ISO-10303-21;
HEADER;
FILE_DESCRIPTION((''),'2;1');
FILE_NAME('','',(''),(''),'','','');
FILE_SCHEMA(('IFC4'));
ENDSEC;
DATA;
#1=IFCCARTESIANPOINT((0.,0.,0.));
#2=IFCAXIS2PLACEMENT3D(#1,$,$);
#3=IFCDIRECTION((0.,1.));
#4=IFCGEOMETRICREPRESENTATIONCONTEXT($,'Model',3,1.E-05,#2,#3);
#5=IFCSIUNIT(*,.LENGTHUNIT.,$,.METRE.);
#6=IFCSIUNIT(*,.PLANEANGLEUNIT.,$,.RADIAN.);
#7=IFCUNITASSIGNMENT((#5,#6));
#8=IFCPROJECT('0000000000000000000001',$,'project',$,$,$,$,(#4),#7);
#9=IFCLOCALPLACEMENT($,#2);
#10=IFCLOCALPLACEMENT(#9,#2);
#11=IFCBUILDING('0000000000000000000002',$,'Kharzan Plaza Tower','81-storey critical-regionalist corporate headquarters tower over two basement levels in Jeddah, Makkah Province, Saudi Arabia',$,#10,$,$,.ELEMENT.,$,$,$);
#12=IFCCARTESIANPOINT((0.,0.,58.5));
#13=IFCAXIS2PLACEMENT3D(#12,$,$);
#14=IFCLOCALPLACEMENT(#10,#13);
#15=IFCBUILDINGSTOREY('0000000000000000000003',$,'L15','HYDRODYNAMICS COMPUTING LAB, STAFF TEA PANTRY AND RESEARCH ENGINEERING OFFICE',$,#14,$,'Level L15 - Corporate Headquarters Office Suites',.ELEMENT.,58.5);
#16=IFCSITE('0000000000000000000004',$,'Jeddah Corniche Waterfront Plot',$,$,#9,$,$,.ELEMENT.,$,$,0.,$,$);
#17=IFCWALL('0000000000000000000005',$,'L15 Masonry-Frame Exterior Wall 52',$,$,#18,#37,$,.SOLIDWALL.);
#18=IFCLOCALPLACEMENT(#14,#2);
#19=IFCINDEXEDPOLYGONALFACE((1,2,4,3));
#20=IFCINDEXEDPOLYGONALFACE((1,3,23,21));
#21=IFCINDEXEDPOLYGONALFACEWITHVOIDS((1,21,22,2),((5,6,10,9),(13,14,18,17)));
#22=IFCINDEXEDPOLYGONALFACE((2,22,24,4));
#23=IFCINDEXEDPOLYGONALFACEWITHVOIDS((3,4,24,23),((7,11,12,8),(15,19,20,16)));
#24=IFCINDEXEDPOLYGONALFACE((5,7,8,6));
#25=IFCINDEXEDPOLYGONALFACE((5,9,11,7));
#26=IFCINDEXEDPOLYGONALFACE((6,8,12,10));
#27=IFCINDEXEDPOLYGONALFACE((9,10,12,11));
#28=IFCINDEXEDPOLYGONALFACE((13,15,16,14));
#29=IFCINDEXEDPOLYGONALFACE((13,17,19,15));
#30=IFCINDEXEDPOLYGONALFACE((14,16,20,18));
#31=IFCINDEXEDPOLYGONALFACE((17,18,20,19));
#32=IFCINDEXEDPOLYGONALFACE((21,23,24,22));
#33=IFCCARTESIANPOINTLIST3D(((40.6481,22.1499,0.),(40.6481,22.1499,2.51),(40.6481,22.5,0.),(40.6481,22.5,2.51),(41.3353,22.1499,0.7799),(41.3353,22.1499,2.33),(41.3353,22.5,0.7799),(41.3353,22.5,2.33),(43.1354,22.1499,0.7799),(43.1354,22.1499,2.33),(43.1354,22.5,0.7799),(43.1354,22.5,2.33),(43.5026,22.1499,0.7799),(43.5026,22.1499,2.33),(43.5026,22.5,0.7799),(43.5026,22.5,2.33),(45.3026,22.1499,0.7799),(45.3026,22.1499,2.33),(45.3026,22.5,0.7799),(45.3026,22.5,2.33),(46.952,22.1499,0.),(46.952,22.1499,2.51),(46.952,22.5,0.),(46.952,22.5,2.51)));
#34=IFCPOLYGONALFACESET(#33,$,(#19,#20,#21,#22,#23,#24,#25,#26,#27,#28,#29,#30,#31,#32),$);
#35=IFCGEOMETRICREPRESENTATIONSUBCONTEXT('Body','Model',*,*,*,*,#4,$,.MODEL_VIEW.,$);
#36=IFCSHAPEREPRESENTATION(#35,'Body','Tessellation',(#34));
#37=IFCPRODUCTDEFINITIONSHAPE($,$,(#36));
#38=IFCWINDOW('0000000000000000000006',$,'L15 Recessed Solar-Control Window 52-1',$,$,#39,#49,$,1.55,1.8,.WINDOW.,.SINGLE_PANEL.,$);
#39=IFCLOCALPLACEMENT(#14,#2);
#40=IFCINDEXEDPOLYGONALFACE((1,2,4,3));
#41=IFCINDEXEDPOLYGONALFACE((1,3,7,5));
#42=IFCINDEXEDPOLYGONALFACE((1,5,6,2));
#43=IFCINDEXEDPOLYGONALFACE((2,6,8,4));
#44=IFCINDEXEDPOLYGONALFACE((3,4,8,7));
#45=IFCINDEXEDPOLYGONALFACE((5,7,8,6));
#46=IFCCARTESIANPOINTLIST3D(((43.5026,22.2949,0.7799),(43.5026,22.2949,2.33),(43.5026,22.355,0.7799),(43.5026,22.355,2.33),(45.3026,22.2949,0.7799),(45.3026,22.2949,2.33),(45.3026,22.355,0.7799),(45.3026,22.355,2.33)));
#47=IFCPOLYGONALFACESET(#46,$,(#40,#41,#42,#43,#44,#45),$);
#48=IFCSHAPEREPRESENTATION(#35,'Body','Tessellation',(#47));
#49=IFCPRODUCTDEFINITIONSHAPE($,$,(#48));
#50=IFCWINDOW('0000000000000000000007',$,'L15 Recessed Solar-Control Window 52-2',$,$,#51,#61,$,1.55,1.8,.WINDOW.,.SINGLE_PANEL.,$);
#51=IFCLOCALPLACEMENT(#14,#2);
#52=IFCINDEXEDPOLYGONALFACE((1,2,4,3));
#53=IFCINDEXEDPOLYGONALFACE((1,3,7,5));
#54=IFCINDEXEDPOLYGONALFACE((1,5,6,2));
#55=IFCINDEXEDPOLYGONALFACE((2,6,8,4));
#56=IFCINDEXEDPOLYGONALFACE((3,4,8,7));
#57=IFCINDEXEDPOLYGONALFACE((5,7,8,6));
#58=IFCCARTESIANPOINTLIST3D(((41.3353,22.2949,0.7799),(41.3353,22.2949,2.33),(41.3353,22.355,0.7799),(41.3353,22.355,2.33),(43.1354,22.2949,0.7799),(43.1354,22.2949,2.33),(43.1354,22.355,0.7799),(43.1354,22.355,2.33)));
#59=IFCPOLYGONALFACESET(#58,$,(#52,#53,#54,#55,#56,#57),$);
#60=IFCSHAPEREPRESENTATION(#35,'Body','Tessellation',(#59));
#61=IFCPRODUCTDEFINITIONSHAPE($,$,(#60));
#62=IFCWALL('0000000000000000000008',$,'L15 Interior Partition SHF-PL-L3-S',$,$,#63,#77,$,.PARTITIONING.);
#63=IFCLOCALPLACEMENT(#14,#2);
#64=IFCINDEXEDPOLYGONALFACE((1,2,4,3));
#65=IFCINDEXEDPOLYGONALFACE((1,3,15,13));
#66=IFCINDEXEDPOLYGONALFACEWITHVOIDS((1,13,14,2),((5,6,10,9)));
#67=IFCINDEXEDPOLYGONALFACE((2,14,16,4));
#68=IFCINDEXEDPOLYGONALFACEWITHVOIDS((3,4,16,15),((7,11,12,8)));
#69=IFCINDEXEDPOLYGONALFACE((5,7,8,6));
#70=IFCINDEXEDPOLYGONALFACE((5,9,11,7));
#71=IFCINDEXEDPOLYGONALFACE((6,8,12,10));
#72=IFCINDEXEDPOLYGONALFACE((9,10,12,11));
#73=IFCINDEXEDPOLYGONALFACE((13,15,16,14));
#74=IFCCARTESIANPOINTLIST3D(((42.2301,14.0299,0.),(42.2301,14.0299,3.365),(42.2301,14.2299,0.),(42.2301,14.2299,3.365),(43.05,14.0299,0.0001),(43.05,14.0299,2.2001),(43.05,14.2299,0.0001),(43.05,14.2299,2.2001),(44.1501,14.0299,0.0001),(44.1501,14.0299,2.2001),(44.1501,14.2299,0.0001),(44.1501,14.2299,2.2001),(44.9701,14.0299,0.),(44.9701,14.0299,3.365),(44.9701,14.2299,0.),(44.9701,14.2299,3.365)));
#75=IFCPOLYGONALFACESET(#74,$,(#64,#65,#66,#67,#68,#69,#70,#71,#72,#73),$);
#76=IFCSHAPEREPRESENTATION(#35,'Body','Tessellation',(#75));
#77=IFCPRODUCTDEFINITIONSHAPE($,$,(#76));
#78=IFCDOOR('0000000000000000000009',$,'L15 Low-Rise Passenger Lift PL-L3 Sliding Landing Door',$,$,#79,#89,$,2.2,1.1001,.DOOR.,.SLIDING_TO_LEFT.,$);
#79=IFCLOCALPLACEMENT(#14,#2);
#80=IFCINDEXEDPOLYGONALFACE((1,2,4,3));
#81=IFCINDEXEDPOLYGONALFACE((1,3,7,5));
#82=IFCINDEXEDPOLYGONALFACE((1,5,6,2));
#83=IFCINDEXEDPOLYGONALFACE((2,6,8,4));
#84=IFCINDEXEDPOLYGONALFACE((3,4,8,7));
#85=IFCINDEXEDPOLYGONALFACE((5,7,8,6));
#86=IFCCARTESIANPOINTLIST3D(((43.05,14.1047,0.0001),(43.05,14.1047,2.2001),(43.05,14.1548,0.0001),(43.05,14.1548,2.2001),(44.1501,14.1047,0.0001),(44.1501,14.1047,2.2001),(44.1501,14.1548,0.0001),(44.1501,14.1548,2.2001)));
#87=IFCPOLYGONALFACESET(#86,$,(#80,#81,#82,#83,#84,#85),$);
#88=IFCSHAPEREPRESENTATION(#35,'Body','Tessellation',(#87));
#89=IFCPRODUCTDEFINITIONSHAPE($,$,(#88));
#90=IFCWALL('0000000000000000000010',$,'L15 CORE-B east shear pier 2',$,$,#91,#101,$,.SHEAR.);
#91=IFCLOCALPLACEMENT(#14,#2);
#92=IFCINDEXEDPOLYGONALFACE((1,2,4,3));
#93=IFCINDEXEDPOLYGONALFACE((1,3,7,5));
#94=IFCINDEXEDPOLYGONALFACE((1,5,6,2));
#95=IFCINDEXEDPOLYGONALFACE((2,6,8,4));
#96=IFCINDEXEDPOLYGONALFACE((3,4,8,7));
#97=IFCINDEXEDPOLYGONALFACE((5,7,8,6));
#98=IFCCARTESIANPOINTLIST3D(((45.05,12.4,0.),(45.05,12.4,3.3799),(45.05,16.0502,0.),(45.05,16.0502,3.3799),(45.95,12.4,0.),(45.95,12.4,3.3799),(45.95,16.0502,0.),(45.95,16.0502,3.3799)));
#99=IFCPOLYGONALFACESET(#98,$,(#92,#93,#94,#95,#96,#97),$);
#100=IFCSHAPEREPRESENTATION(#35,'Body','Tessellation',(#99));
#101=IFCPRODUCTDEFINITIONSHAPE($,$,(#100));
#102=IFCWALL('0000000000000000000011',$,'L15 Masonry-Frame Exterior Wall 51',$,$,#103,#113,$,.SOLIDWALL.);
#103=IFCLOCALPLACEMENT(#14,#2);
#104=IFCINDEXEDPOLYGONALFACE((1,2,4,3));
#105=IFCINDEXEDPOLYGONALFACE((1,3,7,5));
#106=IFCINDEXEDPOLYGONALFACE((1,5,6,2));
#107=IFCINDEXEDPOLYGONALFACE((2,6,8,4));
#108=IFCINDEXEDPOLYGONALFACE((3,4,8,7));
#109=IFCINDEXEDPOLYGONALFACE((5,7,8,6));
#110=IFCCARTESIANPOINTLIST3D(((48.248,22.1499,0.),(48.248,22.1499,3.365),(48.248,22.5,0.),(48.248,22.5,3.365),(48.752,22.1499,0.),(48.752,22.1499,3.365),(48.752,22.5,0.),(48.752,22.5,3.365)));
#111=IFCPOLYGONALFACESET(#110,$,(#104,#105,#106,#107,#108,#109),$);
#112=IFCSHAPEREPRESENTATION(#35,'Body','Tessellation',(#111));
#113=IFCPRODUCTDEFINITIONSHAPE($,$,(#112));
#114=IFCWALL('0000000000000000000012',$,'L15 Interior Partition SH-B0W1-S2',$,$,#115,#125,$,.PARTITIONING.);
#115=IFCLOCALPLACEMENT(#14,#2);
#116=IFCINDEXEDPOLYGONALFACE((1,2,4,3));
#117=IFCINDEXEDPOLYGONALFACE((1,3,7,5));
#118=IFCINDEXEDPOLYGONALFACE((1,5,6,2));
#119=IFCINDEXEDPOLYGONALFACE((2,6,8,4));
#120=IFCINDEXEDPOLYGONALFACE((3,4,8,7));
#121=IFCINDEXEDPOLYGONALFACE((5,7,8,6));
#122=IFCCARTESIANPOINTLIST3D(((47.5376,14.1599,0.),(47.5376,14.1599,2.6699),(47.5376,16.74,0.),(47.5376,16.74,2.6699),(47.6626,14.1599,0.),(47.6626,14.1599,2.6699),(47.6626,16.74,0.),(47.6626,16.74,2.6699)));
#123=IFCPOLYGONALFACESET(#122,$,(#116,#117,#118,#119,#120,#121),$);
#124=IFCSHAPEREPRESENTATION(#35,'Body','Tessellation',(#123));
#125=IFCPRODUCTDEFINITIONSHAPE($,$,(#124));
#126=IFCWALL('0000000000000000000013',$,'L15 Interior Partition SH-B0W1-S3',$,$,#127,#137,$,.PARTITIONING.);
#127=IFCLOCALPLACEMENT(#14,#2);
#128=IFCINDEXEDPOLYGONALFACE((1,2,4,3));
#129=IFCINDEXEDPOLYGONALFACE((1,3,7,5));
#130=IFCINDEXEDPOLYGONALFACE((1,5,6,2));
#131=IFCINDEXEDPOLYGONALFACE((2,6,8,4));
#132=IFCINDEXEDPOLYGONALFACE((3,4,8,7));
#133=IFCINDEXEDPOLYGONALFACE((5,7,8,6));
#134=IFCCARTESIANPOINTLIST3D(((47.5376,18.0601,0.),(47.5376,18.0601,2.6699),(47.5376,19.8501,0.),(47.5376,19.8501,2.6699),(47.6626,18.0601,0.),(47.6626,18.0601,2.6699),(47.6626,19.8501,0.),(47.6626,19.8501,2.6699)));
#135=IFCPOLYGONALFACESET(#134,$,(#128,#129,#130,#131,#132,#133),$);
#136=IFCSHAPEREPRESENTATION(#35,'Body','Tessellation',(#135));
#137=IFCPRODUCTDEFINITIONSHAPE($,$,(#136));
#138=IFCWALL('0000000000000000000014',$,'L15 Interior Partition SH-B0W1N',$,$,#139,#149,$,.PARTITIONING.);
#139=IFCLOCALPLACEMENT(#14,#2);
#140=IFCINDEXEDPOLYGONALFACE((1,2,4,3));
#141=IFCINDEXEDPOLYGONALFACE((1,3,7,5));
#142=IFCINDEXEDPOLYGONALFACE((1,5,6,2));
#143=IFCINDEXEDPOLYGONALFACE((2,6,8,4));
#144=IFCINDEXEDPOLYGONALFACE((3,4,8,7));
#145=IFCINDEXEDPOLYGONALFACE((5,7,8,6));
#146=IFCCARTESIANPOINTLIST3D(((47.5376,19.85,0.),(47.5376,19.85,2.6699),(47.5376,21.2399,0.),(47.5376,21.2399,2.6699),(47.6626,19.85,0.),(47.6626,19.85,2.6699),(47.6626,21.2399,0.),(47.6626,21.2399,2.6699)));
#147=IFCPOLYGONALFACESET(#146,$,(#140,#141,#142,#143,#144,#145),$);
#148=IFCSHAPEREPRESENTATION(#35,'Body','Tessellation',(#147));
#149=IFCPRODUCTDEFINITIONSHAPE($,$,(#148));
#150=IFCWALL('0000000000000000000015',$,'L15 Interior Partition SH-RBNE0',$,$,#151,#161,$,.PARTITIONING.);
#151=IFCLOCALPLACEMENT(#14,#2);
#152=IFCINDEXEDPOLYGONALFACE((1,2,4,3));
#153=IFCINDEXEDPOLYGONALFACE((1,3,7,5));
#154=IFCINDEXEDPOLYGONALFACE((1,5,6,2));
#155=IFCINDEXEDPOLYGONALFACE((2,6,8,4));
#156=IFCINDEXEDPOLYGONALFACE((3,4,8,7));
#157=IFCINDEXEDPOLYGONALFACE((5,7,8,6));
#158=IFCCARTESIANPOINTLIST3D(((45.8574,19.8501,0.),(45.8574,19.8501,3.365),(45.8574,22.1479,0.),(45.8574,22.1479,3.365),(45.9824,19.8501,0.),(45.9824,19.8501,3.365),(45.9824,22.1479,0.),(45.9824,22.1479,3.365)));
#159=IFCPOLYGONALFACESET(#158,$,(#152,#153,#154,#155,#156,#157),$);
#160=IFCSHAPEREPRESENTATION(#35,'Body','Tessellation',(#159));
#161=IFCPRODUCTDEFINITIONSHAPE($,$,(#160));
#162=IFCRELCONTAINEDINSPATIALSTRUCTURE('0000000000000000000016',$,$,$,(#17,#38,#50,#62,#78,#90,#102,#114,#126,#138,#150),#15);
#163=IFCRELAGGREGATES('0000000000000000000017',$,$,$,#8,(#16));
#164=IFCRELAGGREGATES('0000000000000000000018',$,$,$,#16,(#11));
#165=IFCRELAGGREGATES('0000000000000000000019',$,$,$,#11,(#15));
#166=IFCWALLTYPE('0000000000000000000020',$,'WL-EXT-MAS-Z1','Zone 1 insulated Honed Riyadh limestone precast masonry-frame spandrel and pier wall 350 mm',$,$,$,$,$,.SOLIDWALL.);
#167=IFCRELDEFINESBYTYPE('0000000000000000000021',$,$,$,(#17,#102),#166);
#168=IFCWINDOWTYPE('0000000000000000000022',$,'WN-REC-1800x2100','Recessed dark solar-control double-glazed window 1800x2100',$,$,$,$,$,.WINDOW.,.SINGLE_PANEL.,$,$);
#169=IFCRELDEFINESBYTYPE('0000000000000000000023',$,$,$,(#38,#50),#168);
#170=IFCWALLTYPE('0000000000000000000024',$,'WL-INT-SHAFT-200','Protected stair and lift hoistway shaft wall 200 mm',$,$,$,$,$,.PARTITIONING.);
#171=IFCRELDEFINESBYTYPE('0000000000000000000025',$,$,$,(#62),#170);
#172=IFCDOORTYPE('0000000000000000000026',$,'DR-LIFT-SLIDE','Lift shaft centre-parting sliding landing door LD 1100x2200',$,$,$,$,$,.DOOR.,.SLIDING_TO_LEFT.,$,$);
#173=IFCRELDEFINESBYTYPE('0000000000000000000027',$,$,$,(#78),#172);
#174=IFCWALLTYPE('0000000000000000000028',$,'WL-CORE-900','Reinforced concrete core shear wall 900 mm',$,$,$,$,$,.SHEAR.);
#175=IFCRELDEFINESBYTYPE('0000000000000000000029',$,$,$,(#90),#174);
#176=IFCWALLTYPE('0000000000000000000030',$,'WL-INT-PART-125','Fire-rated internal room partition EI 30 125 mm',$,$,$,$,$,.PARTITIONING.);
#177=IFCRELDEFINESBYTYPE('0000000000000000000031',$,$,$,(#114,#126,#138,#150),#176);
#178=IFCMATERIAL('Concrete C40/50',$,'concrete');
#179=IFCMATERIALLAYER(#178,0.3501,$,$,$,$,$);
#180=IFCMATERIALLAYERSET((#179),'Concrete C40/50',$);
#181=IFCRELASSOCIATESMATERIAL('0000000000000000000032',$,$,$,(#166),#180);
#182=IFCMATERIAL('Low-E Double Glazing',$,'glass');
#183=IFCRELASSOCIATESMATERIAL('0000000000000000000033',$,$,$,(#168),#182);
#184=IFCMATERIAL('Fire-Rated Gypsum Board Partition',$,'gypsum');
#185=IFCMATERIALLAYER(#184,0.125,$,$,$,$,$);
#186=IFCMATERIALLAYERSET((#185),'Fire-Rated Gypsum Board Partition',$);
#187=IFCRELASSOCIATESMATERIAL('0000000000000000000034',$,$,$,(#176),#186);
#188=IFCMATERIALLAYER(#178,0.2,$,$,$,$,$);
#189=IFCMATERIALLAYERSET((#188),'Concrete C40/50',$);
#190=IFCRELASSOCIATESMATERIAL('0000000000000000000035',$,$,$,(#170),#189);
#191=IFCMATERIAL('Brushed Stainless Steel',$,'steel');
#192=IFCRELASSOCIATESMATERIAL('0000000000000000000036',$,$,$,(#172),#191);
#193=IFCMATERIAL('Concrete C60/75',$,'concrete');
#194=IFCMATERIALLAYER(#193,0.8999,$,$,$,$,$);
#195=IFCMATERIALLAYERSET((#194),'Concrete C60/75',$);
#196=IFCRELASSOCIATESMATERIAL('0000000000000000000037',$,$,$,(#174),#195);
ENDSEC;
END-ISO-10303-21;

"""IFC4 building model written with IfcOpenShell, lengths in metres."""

from ifc_helpers import new_model, si_unit, direction, frame, frame_2d, origin, place, context, subcontext, project, spatial, rectangle, extrude, source, transform, mapped, material, layer, layer_set, type_object, element, fill, save


model = new_model("IFC4")

# Units and contexts
model_context = context("Model", 3, precision=1e-05, world=origin(), true_north=direction((0.0, 1.0)))
body_context = subcontext(model_context, "Body", "Model", "MODEL_VIEW")
ifc_project = project(units=[si_unit("LENGTHUNIT", "METRE"), si_unit("PLANEANGLEUNIT", "RADIAN")], contexts=[model_context])

# Site, building, storey
site_placement = place(None, origin())
site = spatial("IfcSite", under=ifc_project, at=site_placement, Name="Jeddah Corniche Waterfront Plot", CompositionType="ELEMENT", RefElevation=0.0)
building_placement = place(site_placement, origin())
building = spatial("IfcBuilding", under=site, at=building_placement, Name="Kharzan Plaza Tower", Description="81-storey critical-regionalist corporate headquarters tower over two basement levels in Jeddah, Makkah Province, Saudi Arabia", CompositionType="ELEMENT")
storey_placement = place(building_placement, frame((0.0, 0.0, 58.5)))
storey = spatial("IfcBuildingStorey", under=building, at=storey_placement, Name="L15", Description="HYDRODYNAMICS COMPUTING LAB, STAFF TEA PANTRY AND RESEARCH ENGINEERING OFFICE", LongName="Level L15 - Corporate Headquarters Office Suites", CompositionType="ELEMENT", Elevation=58.5)

# Shared definitions
ifc_material_1 = material(Name="Concrete C60/75", Category="concrete")

# Wall, openings, windows
ifc_material_2 = material(Name="Concrete C40/50", Category="concrete")
ifc_layer_1 = layer(ifc_material_2, 0.3501)
ifc_layer_set_1 = layer_set([ifc_layer_1], Name="Concrete C40/50")
wall_type_1 = type_object("IfcWallType", Name="WL-EXT-MAS-Z1", Description="Zone 1 insulated Honed Riyadh limestone precast masonry-frame spandrel and pier wall 350 mm", PredefinedType="SOLIDWALL", material=ifc_layer_set_1)
wall_1_placement = place(storey_placement, frame((46.9519, 22.325, 0.0), z_axis=(0.0, 0.0, 1.0), x_axis=(-1.0, 0.0, 0.0)))
wall_1 = element("IfcWall", 1, at=wall_1_placement, inside=storey, type_object=wall_type_1, Name="L15 Masonry-Frame Exterior Wall 52", PredefinedType="SOLIDWALL", context=body_context, shape_type="SweptSolid", body=[
    extrude(rectangle(XDim=6.304, YDim=0.3501, at=frame_2d((3.1519, 0.0))), origin(), (0.0, 0.0, 1.0), 2.51),
])
opening_1_placement = place(wall_1_placement, frame((1.6494, 0.0, 0.78)))
opening_1 = element("IfcOpeningElement", 2, at=opening_1_placement, cuts=wall_1, PredefinedType="OPENING", context=body_context, shape_type="SweptSolid", body=[
    extrude(rectangle(XDim=1.8, YDim=1.55, at=frame_2d((0.8999, 0.7749))), frame((0.0, 0.1851, 0.0), z_axis=(0.0, -1.0, 0.0), x_axis=(1.0, 0.0, 0.0)), (0.0, 0.0, 1.0), 0.3701),
])
opening_2_placement = place(wall_1_placement, frame((3.8167, 0.0, 0.78)))
opening_2 = element("IfcOpeningElement", 3, at=opening_2_placement, cuts=wall_1, PredefinedType="OPENING", context=body_context, shape_type="SweptSolid", body=[
    extrude(rectangle(XDim=1.8, YDim=1.55, at=frame_2d((0.8999, 0.7749))), frame((0.0, 0.1851, 0.0), z_axis=(0.0, -1.0, 0.0), x_axis=(1.0, 0.0, 0.0)), (0.0, 0.0, 1.0), 0.3701),
])
ifc_material_3 = material(Name="Low-E Double Glazing", Category="glass")
window_type = type_object("IfcWindowType", Name="WN-REC-1800x2100", Description="Recessed dark solar-control double-glazed window 1800x2100", PartitioningType="SINGLE_PANEL", PredefinedType="WINDOW", material=ifc_material_3)
shared_shape_1 = source(origin(), body_context, "Body", "SweptSolid", [
    extrude(rectangle(XDim=1.8, YDim=1.55, at=frame_2d((0.8999, 0.7749))), frame((0.0, 0.03, 0.0), z_axis=(0.0, -1.0, 0.0), x_axis=(1.0, 0.0, 0.0)), (0.0, 0.0, 1.0), 0.0601),
])
window_1_placement = place(opening_1_placement, origin())
window_1 = element("IfcWindow", 4, at=window_1_placement, inside=storey, type_object=window_type, Name="L15 Recessed Solar-Control Window 52-1", OverallHeight=1.55, OverallWidth=1.8, PartitioningType="SINGLE_PANEL", PredefinedType="WINDOW", context=body_context, shape_type="MappedRepresentation", body=[
    mapped(shared_shape_1, transform((0.0, 0.0, 0.0), x_axis=(1.0, 0.0, 0.0), y_axis=(0.0, 1.0, 0.0), z_axis=(0.0, 0.0, 1.0))),
])
fill(opening_1, window_1)
window_2_placement = place(opening_2_placement, origin())
window_2 = element("IfcWindow", 5, at=window_2_placement, inside=storey, type_object=window_type, Name="L15 Recessed Solar-Control Window 52-2", OverallHeight=1.55, OverallWidth=1.8, PartitioningType="SINGLE_PANEL", PredefinedType="WINDOW", context=body_context, shape_type="MappedRepresentation", body=[
    mapped(shared_shape_1, transform((0.0, 0.0, 0.0), x_axis=(1.0, 0.0, 0.0), y_axis=(0.0, 1.0, 0.0), z_axis=(0.0, 0.0, 1.0))),
])
fill(opening_2, window_2)

# Wall, opening, door
ifc_material_4 = material(Name="Fire-Rated Gypsum Board Partition", Category="gypsum")
ifc_layer_2 = layer(ifc_material_4, 0.125)
ifc_layer_set_2 = layer_set([ifc_layer_2], Name="Fire-Rated Gypsum Board Partition")
wall_type_2 = type_object("IfcWallType", Name="WL-INT-PART-125", Description="Fire-rated internal room partition EI 30 125 mm", PredefinedType="PARTITIONING", material=ifc_layer_set_2)
ifc_layer_3 = layer(ifc_material_2, 0.2)
ifc_layer_set_3 = layer_set([ifc_layer_3], Name="Concrete C40/50")
wall_type_3 = type_object("IfcWallType", Name="WL-INT-SHAFT-200", Description="Protected stair and lift hoistway shaft wall 200 mm", PredefinedType="PARTITIONING", material=ifc_layer_set_3)
wall_2_placement = place(storey_placement, frame((42.23, 14.1299, 0.0), z_axis=(0.0, 0.0, 1.0), x_axis=(1.0, 0.0, 0.0)))
wall_2 = element("IfcWall", 6, at=wall_2_placement, inside=storey, type_object=wall_type_3, Name="L15 Interior Partition SHF-PL-L3-S", PredefinedType="PARTITIONING", context=body_context, shape_type="SweptSolid", body=[
    extrude(rectangle(XDim=2.74, YDim=0.2, at=frame_2d((1.3701, 0.0))), origin(), (0.0, 0.0, 1.0), 3.365),
])
opening_3_placement = place(wall_2_placement, frame((0.8201, 0.0, 0.0)))
opening_3 = element("IfcOpeningElement", 7, at=opening_3_placement, cuts=wall_2, PredefinedType="OPENING", context=body_context, shape_type="SweptSolid", body=[
    extrude(rectangle(XDim=1.1001, YDim=2.2, at=frame_2d((0.55, 1.1001))), frame((0.0, 0.1099, 0.0), z_axis=(0.0, -1.0, 0.0), x_axis=(1.0, 0.0, 0.0)), (0.0, 0.0, 1.0), 0.22),
])
ifc_material_5 = material(Name="Brushed Stainless Steel", Category="steel")
door_type_1 = type_object("IfcDoorType", Name="DR-LIFT-SLIDE", Description="Lift shaft centre-parting sliding landing door LD 1100x2200", OperationType="SLIDING_TO_LEFT", PredefinedType="DOOR", material=ifc_material_5)
shared_shape_2 = source(origin(), body_context, "Body", "SweptSolid", [
    extrude(rectangle(XDim=1.1001, YDim=2.2, at=frame_2d((0.55, 1.1001))), frame((0.0, 0.0249, 0.0), z_axis=(0.0, -1.0, 0.0), x_axis=(1.0, 0.0, 0.0)), (0.0, 0.0, 1.0), 0.05),
])
door_1_placement = place(opening_3_placement, origin())
door_1 = element("IfcDoor", 8, at=door_1_placement, inside=storey, type_object=door_type_1, Name="L15 Low-Rise Passenger Lift PL-L3 Sliding Landing Door", OperationType="SLIDING_TO_LEFT", OverallHeight=2.2, OverallWidth=1.1001, PredefinedType="DOOR", context=body_context, shape_type="MappedRepresentation", body=[
    mapped(shared_shape_2, transform((0.0, 0.0, 0.0), x_axis=(1.0, 0.0, 0.0), y_axis=(0.0, 1.0, 0.0), z_axis=(0.0, 0.0, 1.0))),
])
fill(opening_3, door_1)

# Walls
ifc_layer_4 = layer(ifc_material_1, 0.8999)
ifc_layer_set_4 = layer_set([ifc_layer_4], Name="Concrete C60/75")
wall_type_4 = type_object("IfcWallType", Name="WL-CORE-900", Description="Reinforced concrete core shear wall 900 mm", PredefinedType="SHEAR", material=ifc_layer_set_4)
shared_shape_3 = source(origin(), body_context, "Body", "SweptSolid", [
    extrude(rectangle(XDim=3.6501, YDim=0.8999, at=frame_2d((1.8252, 0.0))), origin(), (0.0, 0.0, 1.0), 3.3799),
])
wall_3_placement = place(storey_placement, frame((45.5, 12.3999, 0.0), z_axis=(0.0, 0.0, 1.0), x_axis=(0.0, 1.0, 0.0)))
element("IfcWall", 9, at=wall_3_placement, inside=storey, type_object=wall_type_4, Name="L15 CORE-B east shear pier 2", PredefinedType="SHEAR", context=body_context, shape_type="MappedRepresentation", body=[
    mapped(shared_shape_3, transform((0.0, 0.0, 0.0), x_axis=(1.0, 0.0, 0.0), y_axis=(0.0, 1.0, 0.0), z_axis=(0.0, 0.0, 1.0))),
])
shared_shape_4 = source(origin(), body_context, "Body", "SweptSolid", [
    extrude(rectangle(XDim=0.5039, YDim=0.3501, at=frame_2d((0.252, 0.0))), origin(), (0.0, 0.0, 1.0), 3.365),
])
wall_4_placement = place(storey_placement, frame((48.752, 22.325, 0.0), z_axis=(0.0, 0.0, 1.0), x_axis=(-1.0, 0.0, 0.0)))
element("IfcWall", 10, at=wall_4_placement, inside=storey, type_object=wall_type_1, Name="L15 Masonry-Frame Exterior Wall 51", PredefinedType="SOLIDWALL", context=body_context, shape_type="MappedRepresentation", body=[
    mapped(shared_shape_4, transform((0.0, 0.0, 0.0), x_axis=(1.0, 0.0, 0.0), y_axis=(0.0, 1.0, 0.0), z_axis=(0.0, 0.0, 1.0))),
])
shared_shape_5 = source(origin(), body_context, "Body", "SweptSolid", [
    extrude(rectangle(XDim=2.5801, YDim=0.125, at=frame_2d((1.29, 0.0))), origin(), (0.0, 0.0, 1.0), 2.6699),
])
wall_5_placement = place(storey_placement, frame((47.6001, 14.1599, 0.0), z_axis=(0.0, 0.0, 1.0), x_axis=(0.0, 1.0, 0.0)))
element("IfcWall", 11, at=wall_5_placement, inside=storey, type_object=wall_type_2, Name="L15 Interior Partition SH-B0W1-S2", PredefinedType="PARTITIONING", context=body_context, shape_type="MappedRepresentation", body=[
    mapped(shared_shape_5, transform((0.0, 0.0, 0.0), x_axis=(1.0, 0.0, 0.0), y_axis=(0.0, 1.0, 0.0), z_axis=(0.0, 0.0, 1.0))),
])
shared_shape_6 = source(origin(), body_context, "Body", "SweptSolid", [
    extrude(rectangle(XDim=1.79, YDim=0.125, at=frame_2d((0.895, 0.0))), origin(), (0.0, 0.0, 1.0), 2.6699),
])
wall_6_placement = place(storey_placement, frame((47.6001, 18.0601, 0.0), z_axis=(0.0, 0.0, 1.0), x_axis=(0.0, 1.0, 0.0)))
element("IfcWall", 12, at=wall_6_placement, inside=storey, type_object=wall_type_2, Name="L15 Interior Partition SH-B0W1-S3", PredefinedType="PARTITIONING", context=body_context, shape_type="MappedRepresentation", body=[
    mapped(shared_shape_6, transform((0.0, 0.0, 0.0), x_axis=(1.0, 0.0, 0.0), y_axis=(0.0, 1.0, 0.0), z_axis=(0.0, 0.0, 1.0))),
])
shared_shape_7 = source(origin(), body_context, "Body", "SweptSolid", [
    extrude(rectangle(XDim=1.3899, YDim=0.125, at=frame_2d((0.6948, 0.0))), origin(), (0.0, 0.0, 1.0), 2.6699),
])
wall_7_placement = place(storey_placement, frame((47.6001, 19.8501, 0.0), z_axis=(0.0, 0.0, 1.0), x_axis=(0.0, 1.0, 0.0)))
element("IfcWall", 13, at=wall_7_placement, inside=storey, type_object=wall_type_2, Name="L15 Interior Partition SH-B0W1N", PredefinedType="PARTITIONING", context=body_context, shape_type="MappedRepresentation", body=[
    mapped(shared_shape_7, transform((0.0, 0.0, 0.0), x_axis=(1.0, 0.0, 0.0), y_axis=(0.0, 1.0, 0.0), z_axis=(0.0, 0.0, 1.0))),
])
shared_shape_8 = source(origin(), body_context, "Body", "SweptSolid", [
    extrude(rectangle(XDim=2.2979, YDim=0.125, at=frame_2d((1.1489, 0.0))), origin(), (0.0, 0.0, 1.0), 3.365),
])
wall_8_placement = place(storey_placement, frame((45.9199, 19.8501, 0.0), z_axis=(0.0, 0.0, 1.0), x_axis=(0.0, 1.0, 0.0)))
element("IfcWall", 14, at=wall_8_placement, inside=storey, type_object=wall_type_2, Name="L15 Interior Partition SH-RBNE0", PredefinedType="PARTITIONING", context=body_context, shape_type="MappedRepresentation", body=[
    mapped(shared_shape_8, transform((0.0, 0.0, 0.0), x_axis=(1.0, 0.0, 0.0), y_axis=(0.0, 1.0, 0.0), z_axis=(0.0, 0.0, 1.0))),
])

save(model, "model.ifc")
